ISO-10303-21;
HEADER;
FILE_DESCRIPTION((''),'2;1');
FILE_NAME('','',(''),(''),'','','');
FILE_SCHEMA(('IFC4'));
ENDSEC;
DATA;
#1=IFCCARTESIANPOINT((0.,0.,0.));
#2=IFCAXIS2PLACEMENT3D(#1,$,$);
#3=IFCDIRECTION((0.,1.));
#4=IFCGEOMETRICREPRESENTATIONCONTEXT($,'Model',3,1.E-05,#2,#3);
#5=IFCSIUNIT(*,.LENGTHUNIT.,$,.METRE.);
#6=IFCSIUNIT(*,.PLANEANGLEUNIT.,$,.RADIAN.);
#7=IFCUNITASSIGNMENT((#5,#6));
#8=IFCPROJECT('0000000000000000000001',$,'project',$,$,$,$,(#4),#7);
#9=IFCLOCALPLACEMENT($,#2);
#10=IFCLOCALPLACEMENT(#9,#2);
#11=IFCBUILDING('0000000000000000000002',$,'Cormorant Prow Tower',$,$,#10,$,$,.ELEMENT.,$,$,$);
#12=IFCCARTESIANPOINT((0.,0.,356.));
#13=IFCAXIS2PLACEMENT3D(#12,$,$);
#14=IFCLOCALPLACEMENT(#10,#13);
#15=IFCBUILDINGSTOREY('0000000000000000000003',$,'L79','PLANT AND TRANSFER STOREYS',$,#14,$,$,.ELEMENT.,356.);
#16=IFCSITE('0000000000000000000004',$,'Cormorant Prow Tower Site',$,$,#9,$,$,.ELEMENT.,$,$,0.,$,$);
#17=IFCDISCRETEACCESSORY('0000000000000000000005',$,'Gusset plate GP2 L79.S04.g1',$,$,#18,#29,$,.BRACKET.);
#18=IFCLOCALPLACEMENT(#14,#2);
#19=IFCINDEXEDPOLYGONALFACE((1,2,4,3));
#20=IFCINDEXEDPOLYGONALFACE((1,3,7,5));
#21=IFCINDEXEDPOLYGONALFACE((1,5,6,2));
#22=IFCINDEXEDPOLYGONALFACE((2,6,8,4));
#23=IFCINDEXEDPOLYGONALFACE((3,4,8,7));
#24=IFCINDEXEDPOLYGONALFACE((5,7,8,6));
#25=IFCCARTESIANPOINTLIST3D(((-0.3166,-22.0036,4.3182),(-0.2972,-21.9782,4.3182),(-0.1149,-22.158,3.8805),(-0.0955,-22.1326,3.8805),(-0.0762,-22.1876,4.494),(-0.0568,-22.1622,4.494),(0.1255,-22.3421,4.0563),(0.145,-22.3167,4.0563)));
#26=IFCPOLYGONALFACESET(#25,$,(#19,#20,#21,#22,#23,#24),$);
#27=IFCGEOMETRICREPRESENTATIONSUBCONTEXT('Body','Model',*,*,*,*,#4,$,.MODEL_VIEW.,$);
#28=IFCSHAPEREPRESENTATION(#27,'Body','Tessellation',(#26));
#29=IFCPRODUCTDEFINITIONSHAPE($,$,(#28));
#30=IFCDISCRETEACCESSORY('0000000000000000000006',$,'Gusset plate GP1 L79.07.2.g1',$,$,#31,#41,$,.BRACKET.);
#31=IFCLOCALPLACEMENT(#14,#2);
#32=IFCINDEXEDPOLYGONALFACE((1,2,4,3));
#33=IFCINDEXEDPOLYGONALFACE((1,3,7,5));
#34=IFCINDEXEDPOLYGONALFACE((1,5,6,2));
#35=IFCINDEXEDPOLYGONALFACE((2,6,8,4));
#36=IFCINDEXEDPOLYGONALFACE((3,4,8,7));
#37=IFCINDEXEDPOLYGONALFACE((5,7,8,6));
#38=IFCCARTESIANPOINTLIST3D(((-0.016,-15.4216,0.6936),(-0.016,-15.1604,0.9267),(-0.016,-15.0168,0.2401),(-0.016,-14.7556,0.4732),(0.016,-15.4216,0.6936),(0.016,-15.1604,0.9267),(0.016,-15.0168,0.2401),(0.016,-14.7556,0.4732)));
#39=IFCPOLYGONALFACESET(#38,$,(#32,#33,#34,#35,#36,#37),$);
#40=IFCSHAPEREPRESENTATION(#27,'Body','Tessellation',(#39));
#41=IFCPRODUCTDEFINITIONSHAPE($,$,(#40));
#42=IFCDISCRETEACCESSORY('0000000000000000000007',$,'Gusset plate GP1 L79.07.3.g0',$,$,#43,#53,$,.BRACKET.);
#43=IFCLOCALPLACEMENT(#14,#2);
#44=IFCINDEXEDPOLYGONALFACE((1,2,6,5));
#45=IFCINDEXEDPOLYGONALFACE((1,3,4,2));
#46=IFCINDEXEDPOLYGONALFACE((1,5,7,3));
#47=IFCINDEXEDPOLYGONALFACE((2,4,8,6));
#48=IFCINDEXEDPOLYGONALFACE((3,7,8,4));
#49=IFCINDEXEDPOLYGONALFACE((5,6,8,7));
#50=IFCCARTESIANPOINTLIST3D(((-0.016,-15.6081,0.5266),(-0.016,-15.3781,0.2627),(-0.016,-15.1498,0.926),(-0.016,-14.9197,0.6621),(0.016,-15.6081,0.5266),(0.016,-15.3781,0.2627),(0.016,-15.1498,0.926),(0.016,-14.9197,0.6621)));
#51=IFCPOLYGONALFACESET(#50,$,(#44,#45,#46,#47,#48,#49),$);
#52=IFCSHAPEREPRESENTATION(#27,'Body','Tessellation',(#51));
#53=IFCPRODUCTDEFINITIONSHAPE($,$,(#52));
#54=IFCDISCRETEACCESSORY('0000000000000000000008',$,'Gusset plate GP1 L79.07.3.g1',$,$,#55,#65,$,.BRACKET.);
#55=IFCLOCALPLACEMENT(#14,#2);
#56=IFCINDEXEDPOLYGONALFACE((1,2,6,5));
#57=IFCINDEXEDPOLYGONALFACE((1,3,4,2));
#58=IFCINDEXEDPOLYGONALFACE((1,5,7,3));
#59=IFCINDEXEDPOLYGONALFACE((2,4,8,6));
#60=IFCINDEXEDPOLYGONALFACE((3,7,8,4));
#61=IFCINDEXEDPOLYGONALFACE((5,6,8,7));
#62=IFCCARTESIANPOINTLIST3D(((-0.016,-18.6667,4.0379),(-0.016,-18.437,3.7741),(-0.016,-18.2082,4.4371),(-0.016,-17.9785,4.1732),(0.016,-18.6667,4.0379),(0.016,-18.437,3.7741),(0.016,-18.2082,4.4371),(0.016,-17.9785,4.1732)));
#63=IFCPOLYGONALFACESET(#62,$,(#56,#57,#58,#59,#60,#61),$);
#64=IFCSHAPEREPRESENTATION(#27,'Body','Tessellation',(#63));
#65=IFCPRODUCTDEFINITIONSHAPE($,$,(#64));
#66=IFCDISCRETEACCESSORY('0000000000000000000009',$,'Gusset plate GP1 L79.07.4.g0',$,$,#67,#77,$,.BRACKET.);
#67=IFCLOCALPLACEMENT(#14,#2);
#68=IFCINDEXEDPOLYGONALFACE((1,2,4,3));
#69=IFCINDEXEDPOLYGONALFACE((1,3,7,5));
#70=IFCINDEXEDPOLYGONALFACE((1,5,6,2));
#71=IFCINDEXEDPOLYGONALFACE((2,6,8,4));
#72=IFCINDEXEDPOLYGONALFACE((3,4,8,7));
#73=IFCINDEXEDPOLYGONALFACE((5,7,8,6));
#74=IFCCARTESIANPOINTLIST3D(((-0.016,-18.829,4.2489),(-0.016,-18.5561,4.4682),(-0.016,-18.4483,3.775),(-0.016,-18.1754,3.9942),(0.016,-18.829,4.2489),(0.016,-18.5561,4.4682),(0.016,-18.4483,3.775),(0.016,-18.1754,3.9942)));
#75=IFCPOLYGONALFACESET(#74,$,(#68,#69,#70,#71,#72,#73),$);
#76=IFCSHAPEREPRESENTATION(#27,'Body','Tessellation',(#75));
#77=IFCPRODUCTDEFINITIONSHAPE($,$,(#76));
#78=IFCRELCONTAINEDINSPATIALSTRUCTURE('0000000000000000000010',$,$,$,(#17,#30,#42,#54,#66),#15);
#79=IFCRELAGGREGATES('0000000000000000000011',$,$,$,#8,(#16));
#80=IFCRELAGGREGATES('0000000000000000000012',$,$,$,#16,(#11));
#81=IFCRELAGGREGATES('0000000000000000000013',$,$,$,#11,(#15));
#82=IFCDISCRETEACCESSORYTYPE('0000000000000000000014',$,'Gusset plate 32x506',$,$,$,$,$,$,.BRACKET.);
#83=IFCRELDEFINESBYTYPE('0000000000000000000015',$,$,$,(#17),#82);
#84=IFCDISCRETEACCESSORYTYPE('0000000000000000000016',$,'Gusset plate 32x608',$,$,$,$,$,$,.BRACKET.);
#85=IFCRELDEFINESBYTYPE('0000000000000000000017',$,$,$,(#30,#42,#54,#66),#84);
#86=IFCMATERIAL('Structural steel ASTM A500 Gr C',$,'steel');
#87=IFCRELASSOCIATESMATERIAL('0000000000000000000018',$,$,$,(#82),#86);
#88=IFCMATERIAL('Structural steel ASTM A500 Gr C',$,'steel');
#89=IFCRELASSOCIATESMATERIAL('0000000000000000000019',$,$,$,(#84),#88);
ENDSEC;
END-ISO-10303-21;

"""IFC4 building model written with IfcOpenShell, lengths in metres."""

from ifc_helpers import new_model, si_unit, direction, frame, origin, origin_2d, place, context, subcontext, project, spatial, rectangle, extrude, material, material_profile, profile_set, type_object, element, save


model = new_model("IFC4")

# Units and contexts
model_context = context("Model", 3, precision=1e-05, world=origin(), true_north=direction((0.0, 1.0)))
body_context = subcontext(model_context, "Body", "Model", "MODEL_VIEW")
ifc_project = project(units=[si_unit("LENGTHUNIT", "METRE"), si_unit("PLANEANGLEUNIT", "RADIAN")], contexts=[model_context])

# Site, building, storey
site_placement = place(None, origin())
site = spatial("IfcSite", under=ifc_project, at=site_placement, Name="Cormorant Prow Tower Site", CompositionType="ELEMENT", RefElevation=0.0)
building_placement = place(site_placement, origin())
building = spatial("IfcBuilding", under=site, at=building_placement, Name="Cormorant Prow Tower", CompositionType="ELEMENT")
storey_placement = place(building_placement, frame((0.0, 0.0, 356.0)))
storey = spatial("IfcBuildingStorey", under=building, at=storey_placement, Name="L79", Description="PLANT AND TRANSFER STOREYS", CompositionType="ELEMENT", Elevation=356.0)

# Discrete accessories
ifc_material_1 = material(Name="Structural steel ASTM A500 Gr C", Category="steel")
ifc_material_profile_1 = material_profile(ifc_material_1, rectangle(XDim=0.032, YDim=0.5061, at=origin_2d()), Name="Gusset plate 32x506")
ifc_profile_set_1 = profile_set([ifc_material_profile_1], Name="Structural steel ASTM A500 Gr C")
discrete_accessory_type_1 = type_object("IfcDiscreteAccessoryType", Name="Gusset plate 32x506", PredefinedType="BRACKET", material=ifc_profile_set_1)
for number, where, z_axis, x_axis, name in (
    (1, (-0.2061, -22.0681, 4.0994), (0.686759, -0.525702, 0.501996), (0.607839, 0.79406, 0.0), "Gusset plate GP2 L79.S04.g1"),
):
    element("IfcDiscreteAccessory", number, at=place(storey_placement, frame(where, z_axis=z_axis, x_axis=x_axis)), inside=storey, type_object=discrete_accessory_type_1, Name=name, PredefinedType="BRACKET", context=body_context, shape_type="SweptSolid", body=[
        extrude(rectangle(XDim=0.032, YDim=0.5061, at=origin_2d()), origin(), (0.0, 0.0, 1.0), 0.3501),
    ])
ifc_material_2 = material(Name="Structural steel ASTM A500 Gr C", Category="steel")
ifc_material_profile_2 = material_profile(ifc_material_2, rectangle(XDim=0.032, YDim=0.6079, at=origin_2d()), Name="Gusset plate 32x608")
ifc_profile_set_2 = profile_set([ifc_material_profile_2], Name="Structural steel ASTM A500 Gr C")
discrete_accessory_type_2 = type_object("IfcDiscreteAccessoryType", Name="Gusset plate 32x608", PredefinedType="BRACKET", material=ifc_profile_set_2)
for number, where, z_axis, x_axis, name in (
    (2, (0.0, -14.958, 0.7), (0.0, -0.746061, -0.665877), (1.0, 0.0, 0.0), "Gusset plate GP1 L79.07.2.g1"),
    (3, (0.0, -15.3789, 0.7263), (0.0, 0.656973, -0.753914), (-1.0, 0.0, 0.0), "Gusset plate GP1 L79.07.3.g0"),
):
    element("IfcDiscreteAccessory", number, at=place(storey_placement, frame(where, z_axis=z_axis, x_axis=x_axis)), inside=storey, type_object=discrete_accessory_type_2, Name=name, PredefinedType="BRACKET", context=body_context, shape_type="SweptSolid", body=[
        extrude(rectangle(XDim=0.032, YDim=0.6079, at=origin_2d()), origin(), (0.0, 0.0, 1.0), 0.3501),
    ])
discrete_accessory_1_placement = place(storey_placement, frame((0.0, -18.2078, 3.9736), z_axis=(0.0, -0.656576, 0.75426), x_axis=(1.0, 0.0, 0.0)))
element("IfcDiscreteAccessory", 4, at=discrete_accessory_1_placement, inside=storey, type_object=discrete_accessory_type_2, Name="Gusset plate GP1 L79.07.3.g1", PredefinedType="BRACKET", context=body_context, shape_type="SweptSolid", body=[
    extrude(rectangle(XDim=0.032, YDim=0.6079, at=origin_2d()), origin(), (0.0, 0.0, 1.0), 0.3499),
])
discrete_accessory_2_placement = place(storey_placement, frame((0.0, -18.6387, 4.012), z_axis=(0.0, 0.779643, 0.626225), x_axis=(-1.0, 0.0, 0.0)))
element("IfcDiscreteAccessory", 5, at=discrete_accessory_2_placement, inside=storey, type_object=discrete_accessory_type_2, Name="Gusset plate GP1 L79.07.4.g0", PredefinedType="BRACKET", context=body_context, shape_type="SweptSolid", body=[
    extrude(rectangle(XDim=0.032, YDim=0.6079, at=origin_2d()), origin(), (0.0, 0.0, 1.0), 0.3501),
])

save(model, "model.ifc")
